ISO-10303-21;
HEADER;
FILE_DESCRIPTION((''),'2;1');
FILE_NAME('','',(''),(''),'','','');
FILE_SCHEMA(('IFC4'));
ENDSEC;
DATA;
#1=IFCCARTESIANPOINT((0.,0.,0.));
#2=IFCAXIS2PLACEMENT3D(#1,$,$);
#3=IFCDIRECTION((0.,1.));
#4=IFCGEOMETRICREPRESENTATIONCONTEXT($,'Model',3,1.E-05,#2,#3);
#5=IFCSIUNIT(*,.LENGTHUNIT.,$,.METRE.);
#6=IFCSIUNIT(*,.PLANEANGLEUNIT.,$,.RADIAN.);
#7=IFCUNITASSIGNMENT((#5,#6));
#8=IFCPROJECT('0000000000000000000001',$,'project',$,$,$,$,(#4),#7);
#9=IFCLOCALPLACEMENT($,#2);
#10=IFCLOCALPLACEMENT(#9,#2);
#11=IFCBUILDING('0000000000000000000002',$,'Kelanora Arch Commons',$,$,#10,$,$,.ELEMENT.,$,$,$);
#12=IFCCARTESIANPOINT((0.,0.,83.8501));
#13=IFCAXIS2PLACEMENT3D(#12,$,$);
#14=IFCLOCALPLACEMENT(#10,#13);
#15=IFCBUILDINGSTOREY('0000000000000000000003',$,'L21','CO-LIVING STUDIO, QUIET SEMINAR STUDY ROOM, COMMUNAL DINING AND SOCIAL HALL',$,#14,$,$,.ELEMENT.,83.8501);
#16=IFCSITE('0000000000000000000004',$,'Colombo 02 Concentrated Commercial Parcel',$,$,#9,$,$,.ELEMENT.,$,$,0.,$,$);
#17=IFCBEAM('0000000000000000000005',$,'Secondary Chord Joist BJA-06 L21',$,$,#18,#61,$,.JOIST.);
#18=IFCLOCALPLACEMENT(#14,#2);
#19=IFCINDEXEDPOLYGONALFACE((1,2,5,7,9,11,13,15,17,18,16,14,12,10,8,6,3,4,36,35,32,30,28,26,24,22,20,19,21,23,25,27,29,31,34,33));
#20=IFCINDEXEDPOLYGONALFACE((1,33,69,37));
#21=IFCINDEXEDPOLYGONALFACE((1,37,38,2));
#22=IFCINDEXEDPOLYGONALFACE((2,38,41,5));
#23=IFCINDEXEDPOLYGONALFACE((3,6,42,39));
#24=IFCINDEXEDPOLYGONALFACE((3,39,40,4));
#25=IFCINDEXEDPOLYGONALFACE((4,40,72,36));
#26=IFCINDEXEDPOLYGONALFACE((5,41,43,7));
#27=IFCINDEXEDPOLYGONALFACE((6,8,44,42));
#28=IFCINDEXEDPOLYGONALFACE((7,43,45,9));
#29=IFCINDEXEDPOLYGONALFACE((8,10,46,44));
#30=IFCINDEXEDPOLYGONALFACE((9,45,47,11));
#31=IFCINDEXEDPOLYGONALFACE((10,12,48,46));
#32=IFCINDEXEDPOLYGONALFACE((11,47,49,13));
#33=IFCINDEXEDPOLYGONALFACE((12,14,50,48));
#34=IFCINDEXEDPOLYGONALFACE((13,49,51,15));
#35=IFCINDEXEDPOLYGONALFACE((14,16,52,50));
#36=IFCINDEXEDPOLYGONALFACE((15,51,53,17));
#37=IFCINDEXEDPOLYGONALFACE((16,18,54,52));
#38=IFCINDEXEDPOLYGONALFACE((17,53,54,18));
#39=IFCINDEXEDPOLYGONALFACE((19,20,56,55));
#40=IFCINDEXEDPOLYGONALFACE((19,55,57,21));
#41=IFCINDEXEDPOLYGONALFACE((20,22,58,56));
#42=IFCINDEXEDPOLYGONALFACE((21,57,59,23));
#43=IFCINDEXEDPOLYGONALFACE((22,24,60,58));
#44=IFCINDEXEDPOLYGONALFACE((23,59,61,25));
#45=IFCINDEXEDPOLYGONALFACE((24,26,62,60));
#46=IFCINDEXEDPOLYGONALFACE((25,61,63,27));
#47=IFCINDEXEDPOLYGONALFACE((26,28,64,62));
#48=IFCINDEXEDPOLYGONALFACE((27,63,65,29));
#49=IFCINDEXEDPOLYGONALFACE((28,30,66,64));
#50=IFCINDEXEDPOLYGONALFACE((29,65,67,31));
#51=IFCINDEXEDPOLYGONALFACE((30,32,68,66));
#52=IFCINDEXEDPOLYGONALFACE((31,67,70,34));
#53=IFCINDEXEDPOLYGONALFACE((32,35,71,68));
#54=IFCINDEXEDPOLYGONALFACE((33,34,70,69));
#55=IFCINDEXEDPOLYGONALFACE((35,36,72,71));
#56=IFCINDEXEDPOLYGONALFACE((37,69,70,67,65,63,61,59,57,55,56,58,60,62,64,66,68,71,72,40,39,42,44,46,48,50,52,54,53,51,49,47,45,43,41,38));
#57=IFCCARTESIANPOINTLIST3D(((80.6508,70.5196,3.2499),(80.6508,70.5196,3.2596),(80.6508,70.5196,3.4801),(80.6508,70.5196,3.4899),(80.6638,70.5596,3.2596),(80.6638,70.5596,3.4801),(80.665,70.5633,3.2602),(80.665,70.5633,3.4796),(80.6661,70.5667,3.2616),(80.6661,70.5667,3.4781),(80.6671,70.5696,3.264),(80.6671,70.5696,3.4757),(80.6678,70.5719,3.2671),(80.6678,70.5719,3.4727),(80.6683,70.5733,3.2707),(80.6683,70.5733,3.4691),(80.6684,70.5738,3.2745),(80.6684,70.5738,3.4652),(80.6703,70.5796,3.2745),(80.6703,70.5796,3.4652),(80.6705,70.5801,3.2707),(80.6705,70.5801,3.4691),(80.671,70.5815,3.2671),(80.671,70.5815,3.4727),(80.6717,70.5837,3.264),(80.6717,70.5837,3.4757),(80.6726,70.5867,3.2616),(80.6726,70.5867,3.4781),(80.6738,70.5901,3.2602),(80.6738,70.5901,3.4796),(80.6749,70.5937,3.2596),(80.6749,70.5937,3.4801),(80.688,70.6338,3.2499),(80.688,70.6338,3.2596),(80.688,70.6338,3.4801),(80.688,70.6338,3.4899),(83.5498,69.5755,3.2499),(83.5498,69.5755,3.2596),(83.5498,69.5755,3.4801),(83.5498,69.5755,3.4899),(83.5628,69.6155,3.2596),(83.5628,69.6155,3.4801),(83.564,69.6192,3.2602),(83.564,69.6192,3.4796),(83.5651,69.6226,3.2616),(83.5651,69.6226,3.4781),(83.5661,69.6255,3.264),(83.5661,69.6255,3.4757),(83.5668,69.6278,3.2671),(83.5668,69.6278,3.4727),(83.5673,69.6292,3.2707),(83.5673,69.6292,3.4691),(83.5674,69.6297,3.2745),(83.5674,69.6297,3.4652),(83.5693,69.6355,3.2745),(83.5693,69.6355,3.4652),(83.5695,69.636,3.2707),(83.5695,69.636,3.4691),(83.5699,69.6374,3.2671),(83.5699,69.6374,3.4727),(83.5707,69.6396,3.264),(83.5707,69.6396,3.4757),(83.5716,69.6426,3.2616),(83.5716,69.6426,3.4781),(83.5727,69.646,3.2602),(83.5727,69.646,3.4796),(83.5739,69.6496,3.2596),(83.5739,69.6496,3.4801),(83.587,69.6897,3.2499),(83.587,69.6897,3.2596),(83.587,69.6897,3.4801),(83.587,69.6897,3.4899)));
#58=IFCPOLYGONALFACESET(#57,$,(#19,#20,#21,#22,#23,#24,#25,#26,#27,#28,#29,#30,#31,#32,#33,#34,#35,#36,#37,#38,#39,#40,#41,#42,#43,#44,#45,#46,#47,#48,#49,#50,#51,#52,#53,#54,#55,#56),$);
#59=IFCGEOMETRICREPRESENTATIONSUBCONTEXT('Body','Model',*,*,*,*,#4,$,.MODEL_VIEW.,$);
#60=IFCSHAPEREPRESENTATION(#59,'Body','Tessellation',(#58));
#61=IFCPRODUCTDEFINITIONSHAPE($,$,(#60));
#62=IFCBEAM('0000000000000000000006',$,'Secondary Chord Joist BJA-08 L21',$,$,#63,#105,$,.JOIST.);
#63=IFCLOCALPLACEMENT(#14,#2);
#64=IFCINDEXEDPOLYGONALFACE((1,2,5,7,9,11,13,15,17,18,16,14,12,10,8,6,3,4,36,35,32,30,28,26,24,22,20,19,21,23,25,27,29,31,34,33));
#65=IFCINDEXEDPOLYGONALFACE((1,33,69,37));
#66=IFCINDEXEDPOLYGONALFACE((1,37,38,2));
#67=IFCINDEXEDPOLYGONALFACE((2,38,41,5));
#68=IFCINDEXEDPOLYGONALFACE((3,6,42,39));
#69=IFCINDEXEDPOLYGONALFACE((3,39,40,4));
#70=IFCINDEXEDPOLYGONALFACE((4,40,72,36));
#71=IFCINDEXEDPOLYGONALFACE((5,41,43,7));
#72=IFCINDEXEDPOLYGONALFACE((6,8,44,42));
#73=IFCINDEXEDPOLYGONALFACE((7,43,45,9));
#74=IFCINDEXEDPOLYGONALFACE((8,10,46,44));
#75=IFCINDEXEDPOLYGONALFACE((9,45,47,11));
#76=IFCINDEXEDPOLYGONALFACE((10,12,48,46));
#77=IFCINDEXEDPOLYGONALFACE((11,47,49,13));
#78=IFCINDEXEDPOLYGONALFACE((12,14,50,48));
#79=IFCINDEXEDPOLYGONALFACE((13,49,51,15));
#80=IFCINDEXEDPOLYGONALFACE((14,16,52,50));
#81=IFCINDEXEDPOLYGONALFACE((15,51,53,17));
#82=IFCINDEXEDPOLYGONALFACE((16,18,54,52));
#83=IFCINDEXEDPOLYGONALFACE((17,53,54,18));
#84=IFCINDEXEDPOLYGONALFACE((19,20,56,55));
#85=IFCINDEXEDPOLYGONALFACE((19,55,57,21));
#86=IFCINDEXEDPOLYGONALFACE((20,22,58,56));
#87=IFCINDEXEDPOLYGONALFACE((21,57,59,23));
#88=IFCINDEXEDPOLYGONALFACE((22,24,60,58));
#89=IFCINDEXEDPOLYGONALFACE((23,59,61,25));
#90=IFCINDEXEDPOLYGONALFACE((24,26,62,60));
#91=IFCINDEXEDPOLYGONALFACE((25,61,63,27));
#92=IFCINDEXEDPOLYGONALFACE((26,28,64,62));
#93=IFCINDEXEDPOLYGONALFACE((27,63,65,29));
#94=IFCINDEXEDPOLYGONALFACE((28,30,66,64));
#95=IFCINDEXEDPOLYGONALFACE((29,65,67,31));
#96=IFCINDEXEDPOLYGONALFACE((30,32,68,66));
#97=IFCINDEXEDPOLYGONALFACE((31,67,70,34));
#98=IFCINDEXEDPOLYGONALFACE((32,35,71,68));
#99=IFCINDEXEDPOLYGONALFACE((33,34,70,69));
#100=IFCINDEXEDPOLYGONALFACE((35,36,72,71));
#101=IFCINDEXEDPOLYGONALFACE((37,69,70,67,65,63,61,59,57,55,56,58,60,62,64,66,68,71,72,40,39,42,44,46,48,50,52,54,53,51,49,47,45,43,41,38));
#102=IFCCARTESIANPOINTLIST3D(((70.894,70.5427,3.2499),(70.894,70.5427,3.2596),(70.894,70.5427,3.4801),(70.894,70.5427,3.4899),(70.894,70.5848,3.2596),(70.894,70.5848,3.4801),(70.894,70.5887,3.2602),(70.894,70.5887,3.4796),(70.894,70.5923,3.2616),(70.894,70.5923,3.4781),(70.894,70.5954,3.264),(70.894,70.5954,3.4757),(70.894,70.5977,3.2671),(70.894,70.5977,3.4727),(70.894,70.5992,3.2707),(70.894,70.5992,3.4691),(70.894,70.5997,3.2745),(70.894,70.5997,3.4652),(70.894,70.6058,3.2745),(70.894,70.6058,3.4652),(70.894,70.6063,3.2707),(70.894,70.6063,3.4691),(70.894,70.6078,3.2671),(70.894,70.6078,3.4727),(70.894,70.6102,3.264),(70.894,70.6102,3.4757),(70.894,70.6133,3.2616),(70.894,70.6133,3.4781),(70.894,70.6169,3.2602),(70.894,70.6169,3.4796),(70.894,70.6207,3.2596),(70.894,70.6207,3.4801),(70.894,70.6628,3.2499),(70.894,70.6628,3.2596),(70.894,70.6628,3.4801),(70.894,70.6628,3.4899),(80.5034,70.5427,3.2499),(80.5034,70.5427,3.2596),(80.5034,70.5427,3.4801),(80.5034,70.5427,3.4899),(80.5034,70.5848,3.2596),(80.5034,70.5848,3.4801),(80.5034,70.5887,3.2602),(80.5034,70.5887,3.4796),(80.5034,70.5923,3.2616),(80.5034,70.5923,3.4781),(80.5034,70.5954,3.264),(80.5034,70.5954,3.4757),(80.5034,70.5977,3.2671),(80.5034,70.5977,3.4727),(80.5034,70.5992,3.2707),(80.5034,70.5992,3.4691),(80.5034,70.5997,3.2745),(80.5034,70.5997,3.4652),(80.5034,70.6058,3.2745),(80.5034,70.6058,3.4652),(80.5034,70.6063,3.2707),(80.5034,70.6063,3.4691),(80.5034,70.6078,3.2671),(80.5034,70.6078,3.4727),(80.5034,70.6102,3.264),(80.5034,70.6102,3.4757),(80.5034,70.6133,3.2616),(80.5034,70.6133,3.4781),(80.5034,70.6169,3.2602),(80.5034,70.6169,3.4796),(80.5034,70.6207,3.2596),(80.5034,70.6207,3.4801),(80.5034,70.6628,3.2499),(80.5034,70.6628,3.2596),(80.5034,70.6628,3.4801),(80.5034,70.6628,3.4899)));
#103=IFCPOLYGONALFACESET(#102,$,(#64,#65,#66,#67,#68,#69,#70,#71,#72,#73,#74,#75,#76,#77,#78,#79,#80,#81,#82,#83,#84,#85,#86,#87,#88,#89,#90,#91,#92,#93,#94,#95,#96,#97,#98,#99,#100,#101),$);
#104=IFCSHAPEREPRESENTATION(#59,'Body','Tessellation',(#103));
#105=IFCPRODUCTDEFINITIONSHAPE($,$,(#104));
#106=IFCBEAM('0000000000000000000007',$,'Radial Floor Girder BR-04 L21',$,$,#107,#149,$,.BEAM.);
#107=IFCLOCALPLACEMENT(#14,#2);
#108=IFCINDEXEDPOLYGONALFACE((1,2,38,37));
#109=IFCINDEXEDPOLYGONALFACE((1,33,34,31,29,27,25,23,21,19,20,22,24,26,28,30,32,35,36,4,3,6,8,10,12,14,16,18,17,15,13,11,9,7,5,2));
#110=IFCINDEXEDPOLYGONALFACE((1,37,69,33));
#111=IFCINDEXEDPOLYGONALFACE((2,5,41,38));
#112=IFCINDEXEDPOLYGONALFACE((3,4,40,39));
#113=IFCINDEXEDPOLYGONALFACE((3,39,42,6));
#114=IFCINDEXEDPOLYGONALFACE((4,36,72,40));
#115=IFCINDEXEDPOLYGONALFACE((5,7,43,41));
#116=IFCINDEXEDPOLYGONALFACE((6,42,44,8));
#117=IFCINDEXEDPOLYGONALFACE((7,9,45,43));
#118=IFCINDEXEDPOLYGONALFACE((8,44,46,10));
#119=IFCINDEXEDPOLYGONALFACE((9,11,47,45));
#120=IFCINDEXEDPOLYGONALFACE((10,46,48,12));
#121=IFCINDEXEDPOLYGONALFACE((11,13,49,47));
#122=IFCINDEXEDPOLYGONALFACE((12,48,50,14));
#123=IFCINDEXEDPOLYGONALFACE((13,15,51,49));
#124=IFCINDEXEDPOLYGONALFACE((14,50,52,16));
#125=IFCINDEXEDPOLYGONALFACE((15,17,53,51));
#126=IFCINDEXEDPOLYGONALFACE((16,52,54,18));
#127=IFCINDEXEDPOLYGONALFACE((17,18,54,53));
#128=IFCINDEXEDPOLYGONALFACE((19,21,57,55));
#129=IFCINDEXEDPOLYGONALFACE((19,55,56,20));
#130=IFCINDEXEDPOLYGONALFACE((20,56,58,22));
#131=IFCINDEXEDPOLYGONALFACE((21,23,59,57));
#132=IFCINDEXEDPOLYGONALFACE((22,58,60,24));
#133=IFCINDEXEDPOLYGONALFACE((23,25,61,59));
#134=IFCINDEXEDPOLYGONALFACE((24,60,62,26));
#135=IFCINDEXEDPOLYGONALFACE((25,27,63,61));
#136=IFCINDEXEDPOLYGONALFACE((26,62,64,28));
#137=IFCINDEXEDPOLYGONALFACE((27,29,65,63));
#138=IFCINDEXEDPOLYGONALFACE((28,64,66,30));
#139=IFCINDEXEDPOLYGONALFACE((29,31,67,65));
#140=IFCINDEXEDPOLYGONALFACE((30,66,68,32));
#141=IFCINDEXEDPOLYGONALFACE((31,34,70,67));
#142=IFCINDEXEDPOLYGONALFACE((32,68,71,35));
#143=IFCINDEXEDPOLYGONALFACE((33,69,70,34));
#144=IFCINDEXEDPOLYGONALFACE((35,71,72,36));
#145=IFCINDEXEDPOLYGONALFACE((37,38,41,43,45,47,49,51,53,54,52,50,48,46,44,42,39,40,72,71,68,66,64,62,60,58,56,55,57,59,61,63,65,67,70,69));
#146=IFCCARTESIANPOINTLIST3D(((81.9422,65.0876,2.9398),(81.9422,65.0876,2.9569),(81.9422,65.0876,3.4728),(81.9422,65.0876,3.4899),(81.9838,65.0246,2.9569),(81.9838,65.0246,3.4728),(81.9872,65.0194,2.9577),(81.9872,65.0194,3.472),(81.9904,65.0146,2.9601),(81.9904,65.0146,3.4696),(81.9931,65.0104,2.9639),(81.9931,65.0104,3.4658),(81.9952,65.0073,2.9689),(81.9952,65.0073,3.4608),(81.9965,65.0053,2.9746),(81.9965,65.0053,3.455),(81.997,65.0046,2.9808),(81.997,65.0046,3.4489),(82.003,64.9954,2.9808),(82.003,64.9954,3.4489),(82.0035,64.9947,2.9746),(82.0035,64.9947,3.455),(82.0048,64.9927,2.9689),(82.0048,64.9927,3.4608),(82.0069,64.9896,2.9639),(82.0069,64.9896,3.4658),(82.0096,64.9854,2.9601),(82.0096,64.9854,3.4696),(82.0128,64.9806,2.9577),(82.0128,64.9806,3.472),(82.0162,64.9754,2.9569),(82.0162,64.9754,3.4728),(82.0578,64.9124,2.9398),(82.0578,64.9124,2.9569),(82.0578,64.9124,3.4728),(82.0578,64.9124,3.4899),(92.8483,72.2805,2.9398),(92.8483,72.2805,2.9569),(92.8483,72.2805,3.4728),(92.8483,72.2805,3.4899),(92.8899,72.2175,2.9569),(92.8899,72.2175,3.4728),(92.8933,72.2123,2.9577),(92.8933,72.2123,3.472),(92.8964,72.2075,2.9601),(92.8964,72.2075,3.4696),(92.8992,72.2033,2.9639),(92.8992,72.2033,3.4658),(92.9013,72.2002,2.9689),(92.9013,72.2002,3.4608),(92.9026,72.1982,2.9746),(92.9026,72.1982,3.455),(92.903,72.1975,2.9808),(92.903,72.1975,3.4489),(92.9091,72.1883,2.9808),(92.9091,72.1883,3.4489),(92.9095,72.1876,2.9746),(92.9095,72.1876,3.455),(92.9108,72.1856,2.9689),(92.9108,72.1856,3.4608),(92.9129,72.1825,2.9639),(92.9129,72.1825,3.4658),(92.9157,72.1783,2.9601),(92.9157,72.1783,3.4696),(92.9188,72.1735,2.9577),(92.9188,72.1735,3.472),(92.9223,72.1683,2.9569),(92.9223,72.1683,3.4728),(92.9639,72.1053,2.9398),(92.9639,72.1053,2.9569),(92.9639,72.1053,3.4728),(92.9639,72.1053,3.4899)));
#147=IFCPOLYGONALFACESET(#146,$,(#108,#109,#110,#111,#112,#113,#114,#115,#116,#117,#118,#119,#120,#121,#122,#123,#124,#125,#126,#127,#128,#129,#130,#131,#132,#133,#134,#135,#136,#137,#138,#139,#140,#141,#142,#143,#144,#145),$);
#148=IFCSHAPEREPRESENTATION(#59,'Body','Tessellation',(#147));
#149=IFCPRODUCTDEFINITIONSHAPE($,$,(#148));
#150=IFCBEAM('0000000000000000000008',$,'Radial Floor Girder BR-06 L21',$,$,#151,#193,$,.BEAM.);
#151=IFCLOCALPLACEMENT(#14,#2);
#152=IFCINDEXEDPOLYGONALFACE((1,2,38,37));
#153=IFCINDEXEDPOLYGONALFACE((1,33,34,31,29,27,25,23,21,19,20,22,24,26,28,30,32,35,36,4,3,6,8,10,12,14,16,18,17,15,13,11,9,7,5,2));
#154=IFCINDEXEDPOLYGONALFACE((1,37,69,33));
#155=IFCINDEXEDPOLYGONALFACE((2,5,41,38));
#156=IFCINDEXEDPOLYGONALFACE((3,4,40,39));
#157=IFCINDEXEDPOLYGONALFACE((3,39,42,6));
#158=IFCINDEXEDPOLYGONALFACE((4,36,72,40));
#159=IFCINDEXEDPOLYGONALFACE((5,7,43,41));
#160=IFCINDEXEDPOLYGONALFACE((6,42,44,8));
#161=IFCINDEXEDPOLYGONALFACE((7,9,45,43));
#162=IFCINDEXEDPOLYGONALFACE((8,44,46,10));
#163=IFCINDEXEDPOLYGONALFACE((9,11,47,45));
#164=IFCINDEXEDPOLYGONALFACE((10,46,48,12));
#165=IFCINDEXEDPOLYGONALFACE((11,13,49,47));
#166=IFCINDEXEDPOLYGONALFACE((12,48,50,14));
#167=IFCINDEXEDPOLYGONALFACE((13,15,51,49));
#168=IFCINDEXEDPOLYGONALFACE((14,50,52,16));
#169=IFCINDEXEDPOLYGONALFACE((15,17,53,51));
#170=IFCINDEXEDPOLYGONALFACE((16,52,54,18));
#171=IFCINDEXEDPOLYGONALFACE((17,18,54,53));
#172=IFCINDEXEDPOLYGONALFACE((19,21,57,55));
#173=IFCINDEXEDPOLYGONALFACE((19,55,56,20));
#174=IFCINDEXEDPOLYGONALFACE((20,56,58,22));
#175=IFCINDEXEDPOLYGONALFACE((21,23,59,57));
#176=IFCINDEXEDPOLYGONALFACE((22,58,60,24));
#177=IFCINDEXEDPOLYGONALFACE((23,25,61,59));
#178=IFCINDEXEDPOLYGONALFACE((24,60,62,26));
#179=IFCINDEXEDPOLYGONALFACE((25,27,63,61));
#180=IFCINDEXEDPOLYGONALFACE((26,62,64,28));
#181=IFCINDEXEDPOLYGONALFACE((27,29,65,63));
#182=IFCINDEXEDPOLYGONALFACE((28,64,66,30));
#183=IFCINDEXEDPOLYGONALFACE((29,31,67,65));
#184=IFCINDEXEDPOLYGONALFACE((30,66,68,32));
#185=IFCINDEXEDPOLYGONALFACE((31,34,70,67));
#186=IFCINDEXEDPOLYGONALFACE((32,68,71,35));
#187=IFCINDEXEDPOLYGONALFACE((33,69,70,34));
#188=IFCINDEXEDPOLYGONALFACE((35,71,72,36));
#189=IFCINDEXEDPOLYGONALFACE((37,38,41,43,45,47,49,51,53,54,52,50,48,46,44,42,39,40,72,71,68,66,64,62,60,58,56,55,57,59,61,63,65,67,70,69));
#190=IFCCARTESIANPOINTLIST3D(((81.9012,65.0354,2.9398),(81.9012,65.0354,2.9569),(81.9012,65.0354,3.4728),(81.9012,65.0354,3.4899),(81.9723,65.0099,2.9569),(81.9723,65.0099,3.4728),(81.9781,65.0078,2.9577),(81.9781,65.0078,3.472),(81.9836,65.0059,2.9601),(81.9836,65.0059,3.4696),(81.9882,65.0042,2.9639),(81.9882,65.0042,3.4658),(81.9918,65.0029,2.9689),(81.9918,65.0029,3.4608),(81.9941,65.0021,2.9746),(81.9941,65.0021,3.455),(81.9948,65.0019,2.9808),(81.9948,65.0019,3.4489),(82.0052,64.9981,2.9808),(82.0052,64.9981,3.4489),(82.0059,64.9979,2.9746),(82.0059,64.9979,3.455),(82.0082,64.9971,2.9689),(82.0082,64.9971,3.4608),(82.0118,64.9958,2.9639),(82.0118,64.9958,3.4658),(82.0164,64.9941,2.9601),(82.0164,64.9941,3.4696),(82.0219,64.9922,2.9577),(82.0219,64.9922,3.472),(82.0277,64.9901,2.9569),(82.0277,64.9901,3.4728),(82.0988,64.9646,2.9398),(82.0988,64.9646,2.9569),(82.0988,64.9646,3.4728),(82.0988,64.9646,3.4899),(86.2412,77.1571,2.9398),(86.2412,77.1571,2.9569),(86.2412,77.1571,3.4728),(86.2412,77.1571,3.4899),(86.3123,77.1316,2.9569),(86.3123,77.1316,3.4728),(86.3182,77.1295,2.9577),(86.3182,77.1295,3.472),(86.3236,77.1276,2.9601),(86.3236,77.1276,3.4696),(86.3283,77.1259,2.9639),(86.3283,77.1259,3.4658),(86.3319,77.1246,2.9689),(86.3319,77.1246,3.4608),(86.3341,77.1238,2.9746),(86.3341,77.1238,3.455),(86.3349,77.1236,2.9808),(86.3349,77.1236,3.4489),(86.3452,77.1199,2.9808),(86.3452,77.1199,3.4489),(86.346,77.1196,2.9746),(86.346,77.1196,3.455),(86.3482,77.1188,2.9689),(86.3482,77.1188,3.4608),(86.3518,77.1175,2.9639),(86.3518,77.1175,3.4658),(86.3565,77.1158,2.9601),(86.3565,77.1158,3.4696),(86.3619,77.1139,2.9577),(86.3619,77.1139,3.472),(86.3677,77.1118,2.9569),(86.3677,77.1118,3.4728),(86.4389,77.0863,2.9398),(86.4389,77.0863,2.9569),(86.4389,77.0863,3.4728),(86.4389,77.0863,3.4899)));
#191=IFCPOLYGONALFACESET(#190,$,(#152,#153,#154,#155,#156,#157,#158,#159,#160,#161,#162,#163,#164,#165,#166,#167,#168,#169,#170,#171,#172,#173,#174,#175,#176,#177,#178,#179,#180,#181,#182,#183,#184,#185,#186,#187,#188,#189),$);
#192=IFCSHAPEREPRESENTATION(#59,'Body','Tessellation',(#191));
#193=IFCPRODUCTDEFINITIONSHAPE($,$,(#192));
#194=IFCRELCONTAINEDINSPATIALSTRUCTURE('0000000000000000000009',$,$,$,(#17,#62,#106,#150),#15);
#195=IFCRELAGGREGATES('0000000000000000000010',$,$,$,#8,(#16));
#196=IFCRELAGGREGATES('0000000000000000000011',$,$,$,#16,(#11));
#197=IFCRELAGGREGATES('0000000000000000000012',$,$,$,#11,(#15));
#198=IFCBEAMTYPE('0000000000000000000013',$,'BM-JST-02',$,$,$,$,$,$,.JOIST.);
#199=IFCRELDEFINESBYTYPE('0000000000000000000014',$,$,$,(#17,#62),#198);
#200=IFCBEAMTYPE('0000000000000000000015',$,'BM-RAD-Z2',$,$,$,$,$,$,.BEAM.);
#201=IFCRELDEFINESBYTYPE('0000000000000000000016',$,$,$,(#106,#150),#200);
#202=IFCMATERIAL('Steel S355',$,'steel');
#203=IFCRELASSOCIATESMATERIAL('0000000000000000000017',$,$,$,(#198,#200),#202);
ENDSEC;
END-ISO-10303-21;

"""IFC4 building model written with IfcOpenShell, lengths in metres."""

from ifc_helpers import new_model, si_unit, direction, frame, origin, origin_2d, place, context, subcontext, project, spatial, i_section, extrude, material, material_profile, profile_set, type_object, element, save


model = new_model("IFC4")

# Units and contexts
model_context = context("Model", 3, precision=1e-05, world=origin(), true_north=direction((0.0, 1.0)))
body_context = subcontext(model_context, "Body", "Model", "MODEL_VIEW")
ifc_project = project(units=[si_unit("LENGTHUNIT", "METRE"), si_unit("PLANEANGLEUNIT", "RADIAN")], contexts=[model_context])

# Site, building, storey
site_placement = place(None, origin())
site = spatial("IfcSite", under=ifc_project, at=site_placement, Name="Colombo 02 Concentrated Commercial Parcel", CompositionType="ELEMENT", RefElevation=0.0)
building_placement = place(site_placement, origin())
building = spatial("IfcBuilding", under=site, at=building_placement, Name="Kelanora Arch Commons", CompositionType="ELEMENT")
storey_placement = place(building_placement, frame((0.0, 0.0, 83.8501)))
storey = spatial("IfcBuildingStorey", under=building, at=storey_placement, Name="L21", Description="CO-LIVING STUDIO, QUIET SEMINAR STUDY ROOM, COMMUNAL DINING AND SOCIAL HALL", CompositionType="ELEMENT", Elevation=83.8501)

# Beams
ifc_material_1 = material(Name="Steel S355", Category="steel")
ifc_material_profile_1 = material_profile(ifc_material_1, i_section(OverallWidth=0.1201, OverallDepth=0.24, WebThickness=0.0061, FlangeThickness=0.0098, FilletRadius=0.0149, at=origin_2d()), Name="IPE240")
ifc_profile_set_1 = profile_set([ifc_material_profile_1], Name="Steel S355")
beam_type_1 = type_object("IfcBeamType", Name="BM-JST-02", PredefinedType="JOIST", material=ifc_profile_set_1)
beam_1_placement = place(storey_placement, frame((83.5684, 69.6326, 3.3699), z_axis=(-0.950847, 0.309662, 0.0), x_axis=(-0.309662, -0.950847, 0.0)))
element("IfcBeam", 1, at=beam_1_placement, inside=storey, type_object=beam_type_1, Name="Secondary Chord Joist BJA-06 L21", PredefinedType="JOIST", context=body_context, shape_type="SweptSolid", body=[
    extrude(i_section(OverallWidth=0.1201, OverallDepth=0.24, WebThickness=0.0061, FlangeThickness=0.0098, FilletRadius=0.0149, at=origin_2d()), origin(), (0.0, 0.0, 1.0), 3.0488),
])
beam_2_placement = place(storey_placement, frame((80.5034, 70.6028, 3.3699), z_axis=(-1.0, 0.0, 0.0), x_axis=(0.0, -1.0, 0.0)))
element("IfcBeam", 2, at=beam_2_placement, inside=storey, type_object=beam_type_1, Name="Secondary Chord Joist BJA-08 L21", PredefinedType="JOIST", context=body_context, shape_type="SweptSolid", body=[
    extrude(i_section(OverallWidth=0.1201, OverallDepth=0.24, WebThickness=0.0061, FlangeThickness=0.0098, FilletRadius=0.0149, at=origin_2d()), origin(), (0.0, 0.0, 1.0), 9.6094),
])
ifc_material_profile_2 = material_profile(ifc_material_1, i_section(OverallWidth=0.21, OverallDepth=0.55, WebThickness=0.011, FlangeThickness=0.0171, FilletRadius=0.0239, at=origin_2d()), Name="IPE550")
ifc_profile_set_2 = profile_set([ifc_material_profile_2], Name="Steel S355")
beam_type_2 = type_object("IfcBeamType", Name="BM-RAD-Z2", PredefinedType="BEAM", material=ifc_profile_set_2)
beam_3_placement = place(storey_placement, frame((82.0, 65.0, 3.2148), z_axis=(0.834789, 0.550571, 0.0), x_axis=(-0.550571, 0.834789, 0.0)))
element("IfcBeam", 3, at=beam_3_placement, inside=storey, type_object=beam_type_2, Name="Radial Floor Girder BR-04 L21", PredefinedType="BEAM", context=body_context, shape_type="SweptSolid", body=[
    extrude(i_section(OverallWidth=0.21, OverallDepth=0.55, WebThickness=0.011, FlangeThickness=0.0171, FilletRadius=0.0239, at=origin_2d()), origin(), (0.0, 0.0, 1.0), 13.0645),
])
beam_4_placement = place(storey_placement, frame((82.0, 65.0, 3.2148), z_axis=(0.337085, 0.941474, 0.0), x_axis=(-0.941474, 0.337085, 0.0)))
element("IfcBeam", 4, at=beam_4_placement, inside=storey, type_object=beam_type_2, Name="Radial Floor Girder BR-06 L21", PredefinedType="BEAM", context=body_context, shape_type="SweptSolid", body=[
    extrude(i_section(OverallWidth=0.21, OverallDepth=0.55, WebThickness=0.011, FlangeThickness=0.0171, FilletRadius=0.0239, at=origin_2d()), origin(), (0.0, 0.0, 1.0), 12.8752),
])

save(model, "model.ifc")
